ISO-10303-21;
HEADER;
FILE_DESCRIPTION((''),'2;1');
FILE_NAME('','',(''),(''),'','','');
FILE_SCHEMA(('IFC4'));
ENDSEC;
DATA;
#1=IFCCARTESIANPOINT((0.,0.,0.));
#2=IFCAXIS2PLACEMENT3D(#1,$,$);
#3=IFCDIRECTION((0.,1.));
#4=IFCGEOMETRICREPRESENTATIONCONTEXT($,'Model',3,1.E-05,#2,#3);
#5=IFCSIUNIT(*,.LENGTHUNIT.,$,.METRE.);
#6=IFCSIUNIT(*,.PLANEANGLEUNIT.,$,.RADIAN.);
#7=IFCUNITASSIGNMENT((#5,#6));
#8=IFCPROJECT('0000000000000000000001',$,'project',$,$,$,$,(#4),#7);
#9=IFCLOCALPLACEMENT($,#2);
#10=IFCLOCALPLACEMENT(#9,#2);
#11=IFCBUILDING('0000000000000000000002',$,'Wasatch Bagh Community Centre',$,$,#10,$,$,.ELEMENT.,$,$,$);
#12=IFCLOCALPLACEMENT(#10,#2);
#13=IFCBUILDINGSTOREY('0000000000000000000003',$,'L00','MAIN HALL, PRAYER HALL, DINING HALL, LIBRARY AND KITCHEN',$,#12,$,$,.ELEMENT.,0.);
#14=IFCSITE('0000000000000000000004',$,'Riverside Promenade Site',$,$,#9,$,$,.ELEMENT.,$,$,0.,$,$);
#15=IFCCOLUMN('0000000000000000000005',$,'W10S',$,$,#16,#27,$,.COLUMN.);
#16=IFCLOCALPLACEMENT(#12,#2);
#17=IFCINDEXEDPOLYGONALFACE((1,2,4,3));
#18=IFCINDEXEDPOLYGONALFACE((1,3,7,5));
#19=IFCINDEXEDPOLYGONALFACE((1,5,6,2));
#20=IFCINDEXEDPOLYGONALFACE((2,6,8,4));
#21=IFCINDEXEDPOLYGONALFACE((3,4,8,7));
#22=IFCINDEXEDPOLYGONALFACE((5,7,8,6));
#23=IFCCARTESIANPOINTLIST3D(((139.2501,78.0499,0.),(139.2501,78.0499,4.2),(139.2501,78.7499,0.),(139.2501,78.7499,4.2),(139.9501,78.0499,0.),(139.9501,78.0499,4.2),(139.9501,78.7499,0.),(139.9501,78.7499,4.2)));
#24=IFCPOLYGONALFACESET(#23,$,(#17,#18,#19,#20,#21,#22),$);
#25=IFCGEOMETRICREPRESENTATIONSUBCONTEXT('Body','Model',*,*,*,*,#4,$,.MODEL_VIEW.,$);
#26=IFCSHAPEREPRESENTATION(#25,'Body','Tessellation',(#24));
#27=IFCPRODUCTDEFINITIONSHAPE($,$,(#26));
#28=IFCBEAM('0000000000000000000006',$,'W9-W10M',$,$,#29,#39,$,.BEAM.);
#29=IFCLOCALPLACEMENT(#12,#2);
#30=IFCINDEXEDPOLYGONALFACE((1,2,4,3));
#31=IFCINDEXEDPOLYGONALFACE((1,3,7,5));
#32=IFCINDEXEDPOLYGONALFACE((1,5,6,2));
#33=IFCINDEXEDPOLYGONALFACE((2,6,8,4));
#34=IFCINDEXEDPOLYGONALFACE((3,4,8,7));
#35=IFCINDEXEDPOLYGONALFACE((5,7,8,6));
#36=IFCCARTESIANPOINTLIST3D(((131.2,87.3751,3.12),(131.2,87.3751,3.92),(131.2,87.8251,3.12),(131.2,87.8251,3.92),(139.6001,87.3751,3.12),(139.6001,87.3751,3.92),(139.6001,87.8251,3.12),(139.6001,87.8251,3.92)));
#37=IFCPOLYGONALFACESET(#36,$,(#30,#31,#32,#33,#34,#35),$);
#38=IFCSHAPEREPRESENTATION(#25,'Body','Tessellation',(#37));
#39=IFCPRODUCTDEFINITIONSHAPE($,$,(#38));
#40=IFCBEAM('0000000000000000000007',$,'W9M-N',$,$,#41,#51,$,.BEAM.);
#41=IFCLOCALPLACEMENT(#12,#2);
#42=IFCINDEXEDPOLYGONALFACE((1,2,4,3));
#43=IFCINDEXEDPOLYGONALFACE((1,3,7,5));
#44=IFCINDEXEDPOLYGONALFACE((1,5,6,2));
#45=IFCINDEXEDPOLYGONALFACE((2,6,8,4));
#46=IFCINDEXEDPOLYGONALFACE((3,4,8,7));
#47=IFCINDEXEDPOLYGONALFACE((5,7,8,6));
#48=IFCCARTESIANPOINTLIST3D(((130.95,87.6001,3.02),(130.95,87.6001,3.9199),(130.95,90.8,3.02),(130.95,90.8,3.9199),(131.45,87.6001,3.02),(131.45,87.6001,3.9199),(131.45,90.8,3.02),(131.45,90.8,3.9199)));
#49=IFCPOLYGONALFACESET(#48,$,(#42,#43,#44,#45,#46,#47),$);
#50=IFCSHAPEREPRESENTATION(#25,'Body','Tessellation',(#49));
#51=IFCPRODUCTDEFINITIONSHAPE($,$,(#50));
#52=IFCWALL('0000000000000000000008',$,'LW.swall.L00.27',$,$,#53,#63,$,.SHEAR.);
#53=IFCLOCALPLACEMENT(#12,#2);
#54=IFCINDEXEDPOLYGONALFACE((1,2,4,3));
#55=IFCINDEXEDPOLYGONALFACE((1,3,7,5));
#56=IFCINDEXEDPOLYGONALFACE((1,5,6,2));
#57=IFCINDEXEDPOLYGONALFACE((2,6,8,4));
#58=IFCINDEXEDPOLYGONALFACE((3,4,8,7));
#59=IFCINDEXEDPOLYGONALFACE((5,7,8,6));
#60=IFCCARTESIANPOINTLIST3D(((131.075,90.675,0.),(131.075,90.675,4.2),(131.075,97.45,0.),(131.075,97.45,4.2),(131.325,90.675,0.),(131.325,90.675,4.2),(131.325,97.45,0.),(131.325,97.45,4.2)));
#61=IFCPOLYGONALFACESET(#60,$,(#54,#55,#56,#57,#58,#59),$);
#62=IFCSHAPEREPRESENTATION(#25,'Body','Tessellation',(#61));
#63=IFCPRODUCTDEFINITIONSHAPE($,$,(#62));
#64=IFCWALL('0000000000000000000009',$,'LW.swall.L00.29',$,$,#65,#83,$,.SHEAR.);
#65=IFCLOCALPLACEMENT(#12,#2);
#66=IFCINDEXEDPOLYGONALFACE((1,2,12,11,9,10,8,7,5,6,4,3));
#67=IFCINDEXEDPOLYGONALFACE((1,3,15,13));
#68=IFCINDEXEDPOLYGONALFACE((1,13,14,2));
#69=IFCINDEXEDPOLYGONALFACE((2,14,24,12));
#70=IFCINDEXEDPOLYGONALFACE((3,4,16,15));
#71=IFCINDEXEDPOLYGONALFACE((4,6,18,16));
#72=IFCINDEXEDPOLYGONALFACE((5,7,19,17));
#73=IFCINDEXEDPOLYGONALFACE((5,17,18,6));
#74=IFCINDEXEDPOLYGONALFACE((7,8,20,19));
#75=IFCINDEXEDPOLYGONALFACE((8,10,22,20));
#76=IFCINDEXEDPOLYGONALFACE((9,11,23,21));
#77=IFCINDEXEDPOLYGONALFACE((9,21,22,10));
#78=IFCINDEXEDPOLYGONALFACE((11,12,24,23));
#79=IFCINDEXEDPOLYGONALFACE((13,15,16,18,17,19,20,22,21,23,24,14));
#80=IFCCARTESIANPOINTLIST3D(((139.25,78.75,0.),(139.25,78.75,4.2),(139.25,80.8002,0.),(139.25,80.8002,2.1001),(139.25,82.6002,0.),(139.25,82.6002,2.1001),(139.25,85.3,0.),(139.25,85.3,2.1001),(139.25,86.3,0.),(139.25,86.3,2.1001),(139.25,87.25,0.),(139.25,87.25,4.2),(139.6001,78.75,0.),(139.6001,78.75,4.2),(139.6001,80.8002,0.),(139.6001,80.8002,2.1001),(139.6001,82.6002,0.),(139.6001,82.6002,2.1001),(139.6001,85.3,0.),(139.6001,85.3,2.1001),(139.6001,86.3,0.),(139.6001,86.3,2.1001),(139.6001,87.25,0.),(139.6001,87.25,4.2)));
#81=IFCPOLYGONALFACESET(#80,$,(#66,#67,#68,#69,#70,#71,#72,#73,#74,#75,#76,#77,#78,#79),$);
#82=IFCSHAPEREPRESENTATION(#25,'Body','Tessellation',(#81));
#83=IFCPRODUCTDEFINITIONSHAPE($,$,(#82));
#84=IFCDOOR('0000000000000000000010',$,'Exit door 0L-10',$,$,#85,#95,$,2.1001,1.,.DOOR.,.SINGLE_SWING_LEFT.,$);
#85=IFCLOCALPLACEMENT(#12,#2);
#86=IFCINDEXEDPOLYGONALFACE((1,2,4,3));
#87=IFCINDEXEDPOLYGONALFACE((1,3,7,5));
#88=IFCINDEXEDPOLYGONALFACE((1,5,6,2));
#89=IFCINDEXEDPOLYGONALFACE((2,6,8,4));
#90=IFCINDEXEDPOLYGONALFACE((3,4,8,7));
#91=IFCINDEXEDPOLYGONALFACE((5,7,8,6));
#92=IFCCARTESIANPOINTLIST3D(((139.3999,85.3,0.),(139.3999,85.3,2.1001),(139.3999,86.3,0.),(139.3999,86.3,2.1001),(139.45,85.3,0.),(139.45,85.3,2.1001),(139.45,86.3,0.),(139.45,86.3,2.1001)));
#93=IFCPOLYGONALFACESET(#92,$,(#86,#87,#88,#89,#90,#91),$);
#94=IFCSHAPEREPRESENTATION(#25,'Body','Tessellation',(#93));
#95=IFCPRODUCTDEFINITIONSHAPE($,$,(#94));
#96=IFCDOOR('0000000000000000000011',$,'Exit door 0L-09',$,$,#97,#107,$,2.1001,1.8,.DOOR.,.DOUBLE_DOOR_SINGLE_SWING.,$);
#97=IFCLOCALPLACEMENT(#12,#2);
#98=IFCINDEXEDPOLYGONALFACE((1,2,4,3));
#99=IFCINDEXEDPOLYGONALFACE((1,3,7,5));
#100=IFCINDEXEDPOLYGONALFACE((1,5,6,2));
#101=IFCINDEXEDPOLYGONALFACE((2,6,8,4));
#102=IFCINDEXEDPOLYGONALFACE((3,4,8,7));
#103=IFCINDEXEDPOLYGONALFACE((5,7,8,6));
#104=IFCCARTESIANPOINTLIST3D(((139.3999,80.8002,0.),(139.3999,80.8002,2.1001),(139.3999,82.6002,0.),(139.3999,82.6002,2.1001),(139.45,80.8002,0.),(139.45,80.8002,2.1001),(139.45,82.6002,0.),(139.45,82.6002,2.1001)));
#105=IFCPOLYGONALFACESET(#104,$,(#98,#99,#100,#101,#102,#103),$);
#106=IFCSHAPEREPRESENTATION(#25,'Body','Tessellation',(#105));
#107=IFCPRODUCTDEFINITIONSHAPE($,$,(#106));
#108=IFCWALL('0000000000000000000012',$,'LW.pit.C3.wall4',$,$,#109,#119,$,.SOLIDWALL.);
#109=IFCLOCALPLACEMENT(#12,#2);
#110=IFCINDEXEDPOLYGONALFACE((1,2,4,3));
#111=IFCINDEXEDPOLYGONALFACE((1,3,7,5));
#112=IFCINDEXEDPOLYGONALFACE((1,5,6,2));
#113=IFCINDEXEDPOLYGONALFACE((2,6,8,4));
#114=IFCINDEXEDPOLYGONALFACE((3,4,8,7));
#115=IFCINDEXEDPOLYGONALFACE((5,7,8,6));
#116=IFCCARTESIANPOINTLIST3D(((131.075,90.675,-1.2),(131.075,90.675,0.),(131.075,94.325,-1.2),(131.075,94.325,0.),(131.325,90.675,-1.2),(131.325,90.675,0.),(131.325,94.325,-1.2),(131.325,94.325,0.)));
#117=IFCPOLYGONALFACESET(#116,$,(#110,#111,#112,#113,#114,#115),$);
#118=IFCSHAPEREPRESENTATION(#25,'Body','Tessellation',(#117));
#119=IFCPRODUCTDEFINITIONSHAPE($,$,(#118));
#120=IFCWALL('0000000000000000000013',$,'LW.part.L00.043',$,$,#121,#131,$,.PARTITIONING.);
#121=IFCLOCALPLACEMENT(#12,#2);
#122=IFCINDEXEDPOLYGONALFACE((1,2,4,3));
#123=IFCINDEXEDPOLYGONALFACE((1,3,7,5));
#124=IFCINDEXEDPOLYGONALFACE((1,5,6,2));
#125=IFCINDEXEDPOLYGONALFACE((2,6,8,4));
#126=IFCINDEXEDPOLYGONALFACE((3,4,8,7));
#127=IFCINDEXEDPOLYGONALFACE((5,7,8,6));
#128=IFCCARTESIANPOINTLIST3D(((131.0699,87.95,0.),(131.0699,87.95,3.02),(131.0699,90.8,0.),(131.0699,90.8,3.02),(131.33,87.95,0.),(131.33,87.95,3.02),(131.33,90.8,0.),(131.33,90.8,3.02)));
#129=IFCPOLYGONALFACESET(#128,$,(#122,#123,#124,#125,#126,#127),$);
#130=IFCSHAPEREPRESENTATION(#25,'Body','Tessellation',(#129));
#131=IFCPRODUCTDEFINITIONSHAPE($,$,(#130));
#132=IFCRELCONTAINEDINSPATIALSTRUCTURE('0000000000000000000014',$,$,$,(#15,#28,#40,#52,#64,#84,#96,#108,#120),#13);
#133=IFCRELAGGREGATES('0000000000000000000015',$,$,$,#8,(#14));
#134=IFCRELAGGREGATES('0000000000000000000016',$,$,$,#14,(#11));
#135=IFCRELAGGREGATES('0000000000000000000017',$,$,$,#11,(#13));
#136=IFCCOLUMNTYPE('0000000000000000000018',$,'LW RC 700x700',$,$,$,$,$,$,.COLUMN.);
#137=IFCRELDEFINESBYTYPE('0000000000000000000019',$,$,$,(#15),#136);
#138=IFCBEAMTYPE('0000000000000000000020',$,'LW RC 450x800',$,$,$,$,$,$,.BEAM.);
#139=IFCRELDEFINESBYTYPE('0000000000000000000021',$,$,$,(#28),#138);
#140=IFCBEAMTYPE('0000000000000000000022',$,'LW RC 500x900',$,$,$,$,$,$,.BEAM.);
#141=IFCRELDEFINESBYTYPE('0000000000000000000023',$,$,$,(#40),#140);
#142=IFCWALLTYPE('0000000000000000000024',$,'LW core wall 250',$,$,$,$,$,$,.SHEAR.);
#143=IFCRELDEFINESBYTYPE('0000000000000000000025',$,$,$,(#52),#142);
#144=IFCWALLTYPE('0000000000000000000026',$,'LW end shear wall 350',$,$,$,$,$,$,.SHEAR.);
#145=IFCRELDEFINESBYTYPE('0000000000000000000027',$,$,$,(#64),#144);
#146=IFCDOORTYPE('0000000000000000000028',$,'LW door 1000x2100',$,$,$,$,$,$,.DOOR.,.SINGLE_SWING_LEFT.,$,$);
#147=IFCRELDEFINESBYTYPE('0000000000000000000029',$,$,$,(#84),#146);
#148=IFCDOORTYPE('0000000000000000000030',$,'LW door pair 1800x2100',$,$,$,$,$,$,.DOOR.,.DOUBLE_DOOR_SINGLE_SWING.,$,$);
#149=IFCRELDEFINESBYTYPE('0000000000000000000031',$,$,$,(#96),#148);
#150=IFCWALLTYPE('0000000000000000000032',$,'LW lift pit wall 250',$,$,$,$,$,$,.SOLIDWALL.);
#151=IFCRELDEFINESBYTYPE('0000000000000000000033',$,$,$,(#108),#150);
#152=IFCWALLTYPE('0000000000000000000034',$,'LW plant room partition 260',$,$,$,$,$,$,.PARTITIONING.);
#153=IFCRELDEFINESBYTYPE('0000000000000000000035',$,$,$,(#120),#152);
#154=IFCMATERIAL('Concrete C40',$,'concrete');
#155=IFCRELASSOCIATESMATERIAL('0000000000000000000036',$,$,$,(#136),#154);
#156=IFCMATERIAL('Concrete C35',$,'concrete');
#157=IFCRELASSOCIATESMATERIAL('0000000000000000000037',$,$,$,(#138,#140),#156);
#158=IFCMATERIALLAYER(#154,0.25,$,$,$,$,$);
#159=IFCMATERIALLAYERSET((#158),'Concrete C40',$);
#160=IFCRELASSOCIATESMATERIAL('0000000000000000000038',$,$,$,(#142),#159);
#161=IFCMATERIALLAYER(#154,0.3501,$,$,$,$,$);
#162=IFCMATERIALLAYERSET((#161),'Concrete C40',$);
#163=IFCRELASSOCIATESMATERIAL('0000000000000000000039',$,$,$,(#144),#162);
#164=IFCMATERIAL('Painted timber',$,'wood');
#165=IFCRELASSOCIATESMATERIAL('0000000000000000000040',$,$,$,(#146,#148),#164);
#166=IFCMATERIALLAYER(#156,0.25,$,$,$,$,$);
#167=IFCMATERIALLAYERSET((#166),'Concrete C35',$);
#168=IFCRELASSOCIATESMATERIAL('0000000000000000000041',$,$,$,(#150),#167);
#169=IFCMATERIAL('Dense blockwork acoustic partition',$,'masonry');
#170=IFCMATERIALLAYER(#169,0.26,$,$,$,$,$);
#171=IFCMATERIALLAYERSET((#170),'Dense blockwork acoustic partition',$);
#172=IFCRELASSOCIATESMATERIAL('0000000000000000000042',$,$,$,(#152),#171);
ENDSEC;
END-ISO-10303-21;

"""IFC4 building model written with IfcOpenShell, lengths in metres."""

from ifc_helpers import new_model, si_unit, direction, frame, frame_2d, origin, origin_2d, place, context, subcontext, project, spatial, rectangle, extrude, material, layer, layer_set, material_profile, profile_set, type_object, element, fill, save


model = new_model("IFC4")

# Units and contexts
model_context = context("Model", 3, precision=1e-05, world=origin(), true_north=direction((0.0, 1.0)))
body_context = subcontext(model_context, "Body", "Model", "MODEL_VIEW")
ifc_project = project(units=[si_unit("LENGTHUNIT", "METRE"), si_unit("PLANEANGLEUNIT", "RADIAN")], contexts=[model_context])

# Site, building, storey
site_placement = place(None, origin())
site = spatial("IfcSite", under=ifc_project, at=site_placement, Name="Riverside Promenade Site", CompositionType="ELEMENT", RefElevation=0.0)
building_placement = place(site_placement, origin())
building = spatial("IfcBuilding", under=site, at=building_placement, Name="Wasatch Bagh Community Centre", CompositionType="ELEMENT")
storey_placement = place(building_placement, origin())
storey = spatial("IfcBuildingStorey", under=building, at=storey_placement, Name="L00", Description="MAIN HALL, PRAYER HALL, DINING HALL, LIBRARY AND KITCHEN", CompositionType="ELEMENT", Elevation=0.0)

# Shared definitions
ifc_material_1 = material(Name="Concrete C35", Category="concrete")

# Column
ifc_material_2 = material(Name="Concrete C40", Category="concrete")
ifc_material_profile_1 = material_profile(ifc_material_2, rectangle(XDim=0.7, YDim=0.7, at=origin_2d()), Name="RC 700x700")
ifc_profile_set_1 = profile_set([ifc_material_profile_1], Name="Concrete C40")
column_type = type_object("IfcColumnType", Name="LW RC 700x700", PredefinedType="COLUMN", material=ifc_profile_set_1)
for number, where, z_axis, x_axis, name in (
    (1, (139.6001, 78.3999, 0.0), (0.0, 0.0, 1.0), (1.0, 0.0, 0.0), "W10S"),
):
    element("IfcColumn", number, at=place(storey_placement, frame(where, z_axis=z_axis, x_axis=x_axis)), inside=storey, type_object=column_type, Name=name, PredefinedType="COLUMN", context=body_context, shape_type="SweptSolid", body=[
        extrude(rectangle(XDim=0.7, YDim=0.7, at=origin_2d()), origin(), (0.0, 0.0, 1.0), 4.2),
    ])

# Beams
ifc_material_profile_2 = material_profile(ifc_material_1, rectangle(XDim=0.45, YDim=0.8, at=origin_2d()), Name="RC 450x800")
ifc_profile_set_2 = profile_set([ifc_material_profile_2], Name="Concrete C35")
beam_type_1 = type_object("IfcBeamType", Name="LW RC 450x800", PredefinedType="BEAM", material=ifc_profile_set_2)
beam_1_placement = place(storey_placement, frame((131.2, 87.6001, 3.52), z_axis=(1.0, 0.0, 0.0), x_axis=(0.0, 1.0, 0.0)))
element("IfcBeam", 2, at=beam_1_placement, inside=storey, type_object=beam_type_1, Name="W9-W10M", PredefinedType="BEAM", context=body_context, shape_type="SweptSolid", body=[
    extrude(rectangle(XDim=0.45, YDim=0.8, at=origin_2d()), origin(), (0.0, 0.0, 1.0), 8.4001),
])
ifc_material_profile_3 = material_profile(ifc_material_1, rectangle(XDim=0.5, YDim=0.8999, at=origin_2d()), Name="RC 500x900")
ifc_profile_set_3 = profile_set([ifc_material_profile_3], Name="Concrete C35")
beam_type_2 = type_object("IfcBeamType", Name="LW RC 500x900", PredefinedType="BEAM", material=ifc_profile_set_3)
beam_2_placement = place(storey_placement, frame((131.2, 87.6001, 3.47), z_axis=(0.0, 1.0, 0.0), x_axis=(-1.0, 0.0, 0.0)))
element("IfcBeam", 3, at=beam_2_placement, inside=storey, type_object=beam_type_2, Name="W9M-N", PredefinedType="BEAM", context=body_context, shape_type="SweptSolid", body=[
    extrude(rectangle(XDim=0.5, YDim=0.8999, at=origin_2d()), origin(), (0.0, 0.0, 1.0), 3.2),
])

# Wall
ifc_layer_1 = layer(ifc_material_2, 0.25)
ifc_layer_set_1 = layer_set([ifc_layer_1], Name="Concrete C40")
wall_type_1 = type_object("IfcWallType", Name="LW core wall 250", PredefinedType="SHEAR", material=ifc_layer_set_1)
wall_1_placement = place(storey_placement, frame((131.2, 90.675, 0.0), z_axis=(0.0, 0.0, 1.0), x_axis=(0.0, 1.0, 0.0)))
element("IfcWall", 4, at=wall_1_placement, inside=storey, type_object=wall_type_1, Name="LW.swall.L00.27", PredefinedType="SHEAR", context=body_context, shape_type="SweptSolid", body=[
    extrude(rectangle(XDim=6.7749, YDim=0.25, at=frame_2d((3.3875, 0.0))), origin(), (0.0, 0.0, 1.0), 4.2),
])

# Wall, openings, doors
ifc_layer_2 = layer(ifc_material_2, 0.3501)
ifc_layer_set_2 = layer_set([ifc_layer_2], Name="Concrete C40")
wall_type_2 = type_object("IfcWallType", Name="LW end shear wall 350", PredefinedType="SHEAR", material=ifc_layer_set_2)
wall_2_placement = place(storey_placement, frame((139.425, 87.25, 0.0), z_axis=(0.0, 0.0, 1.0), x_axis=(0.0, -1.0, 0.0)))
wall_2 = element("IfcWall", 5, at=wall_2_placement, inside=storey, type_object=wall_type_2, Name="LW.swall.L00.29", PredefinedType="SHEAR", context=body_context, shape_type="SweptSolid", body=[
    extrude(rectangle(XDim=8.5, YDim=0.3501, at=frame_2d((4.25, 0.0))), origin(), (0.0, 0.0, 1.0), 4.2),
])
opening_1_placement = place(wall_2_placement, frame((4.6499, 0.0, 0.0)))
opening_1 = element("IfcOpeningElement", 6, at=opening_1_placement, cuts=wall_2, PredefinedType="OPENING", context=body_context, shape_type="SweptSolid", body=[
    extrude(rectangle(XDim=1.8, YDim=2.1001, at=frame_2d((0.8999, 1.05))), frame((0.0, 0.1851, 0.0), z_axis=(0.0, -1.0, 0.0), x_axis=(1.0, 0.0, 0.0)), (0.0, 0.0, 1.0), 0.3701),
])
opening_2_placement = place(wall_2_placement, frame((0.95, 0.0, 0.0)))
opening_2 = element("IfcOpeningElement", 7, at=opening_2_placement, cuts=wall_2, PredefinedType="OPENING", context=body_context, shape_type="SweptSolid", body=[
    extrude(rectangle(XDim=1.0, YDim=2.1001, at=frame_2d((0.5, 1.05))), frame((0.0, 0.1851, 0.0), z_axis=(0.0, -1.0, 0.0), x_axis=(1.0, 0.0, 0.0)), (0.0, 0.0, 1.0), 0.3701),
])
ifc_material_3 = material(Name="Painted timber", Category="wood")
door_type_1 = type_object("IfcDoorType", Name="LW door 1000x2100", OperationType="SINGLE_SWING_LEFT", PredefinedType="DOOR", material=ifc_material_3)
door_1_placement = place(opening_2_placement, origin())
door_1 = element("IfcDoor", 8, at=door_1_placement, inside=storey, type_object=door_type_1, Name="Exit door 0L-10", OperationType="SINGLE_SWING_LEFT", OverallHeight=2.1001, OverallWidth=1.0, PredefinedType="DOOR", context=body_context, shape_type="SweptSolid", body=[
    extrude(rectangle(XDim=1.0, YDim=2.1001, at=frame_2d((0.5, 1.05))), frame((0.0, 0.0249, 0.0), z_axis=(0.0, -1.0, 0.0), x_axis=(1.0, 0.0, 0.0)), (0.0, 0.0, 1.0), 0.05),
])
fill(opening_2, door_1)
door_type_2 = type_object("IfcDoorType", Name="LW door pair 1800x2100", OperationType="DOUBLE_DOOR_SINGLE_SWING", PredefinedType="DOOR", material=ifc_material_3)
door_2_placement = place(opening_1_placement, origin())
door_2 = element("IfcDoor", 9, at=door_2_placement, inside=storey, type_object=door_type_2, Name="Exit door 0L-09", OperationType="DOUBLE_DOOR_SINGLE_SWING", OverallHeight=2.1001, OverallWidth=1.8, PredefinedType="DOOR", context=body_context, shape_type="SweptSolid", body=[
    extrude(rectangle(XDim=1.8, YDim=2.1001, at=frame_2d((0.8999, 1.05))), frame((0.0, 0.0249, 0.0), z_axis=(0.0, -1.0, 0.0), x_axis=(1.0, 0.0, 0.0)), (0.0, 0.0, 1.0), 0.05),
])
fill(opening_1, door_2)

# Walls
ifc_layer_3 = layer(ifc_material_1, 0.25)
ifc_layer_set_3 = layer_set([ifc_layer_3], Name="Concrete C35")
wall_type_3 = type_object("IfcWallType", Name="LW lift pit wall 250", PredefinedType="SOLIDWALL", material=ifc_layer_set_3)
wall_3_placement = place(storey_placement, frame((131.2, 90.675, -1.2), z_axis=(0.0, 0.0, 1.0), x_axis=(0.0, 1.0, 0.0)))
element("IfcWall", 10, at=wall_3_placement, inside=storey, type_object=wall_type_3, Name="LW.pit.C3.wall4", PredefinedType="SOLIDWALL", context=body_context, shape_type="SweptSolid", body=[
    extrude(rectangle(XDim=3.6499, YDim=0.25, at=frame_2d((1.825, 0.0))), origin(), (0.0, 0.0, 1.0), 1.2),
])
ifc_material_4 = material(Name="Dense blockwork acoustic partition", Category="masonry")
ifc_layer_4 = layer(ifc_material_4, 0.26)
ifc_layer_set_4 = layer_set([ifc_layer_4], Name="Dense blockwork acoustic partition")
wall_type_4 = type_object("IfcWallType", Name="LW plant room partition 260", PredefinedType="PARTITIONING", material=ifc_layer_set_4)
wall_4_placement = place(storey_placement, frame((131.2, 87.95, 0.0), z_axis=(0.0, 0.0, 1.0), x_axis=(0.0, 1.0, 0.0)))
element("IfcWall", 11, at=wall_4_placement, inside=storey, type_object=wall_type_4, Name="LW.part.L00.043", PredefinedType="PARTITIONING", context=body_context, shape_type="SweptSolid", body=[
    extrude(rectangle(XDim=2.8501, YDim=0.26, at=frame_2d((1.425, 0.0))), origin(), (0.0, 0.0, 1.0), 3.02),
])

save(model, "model.ifc")
